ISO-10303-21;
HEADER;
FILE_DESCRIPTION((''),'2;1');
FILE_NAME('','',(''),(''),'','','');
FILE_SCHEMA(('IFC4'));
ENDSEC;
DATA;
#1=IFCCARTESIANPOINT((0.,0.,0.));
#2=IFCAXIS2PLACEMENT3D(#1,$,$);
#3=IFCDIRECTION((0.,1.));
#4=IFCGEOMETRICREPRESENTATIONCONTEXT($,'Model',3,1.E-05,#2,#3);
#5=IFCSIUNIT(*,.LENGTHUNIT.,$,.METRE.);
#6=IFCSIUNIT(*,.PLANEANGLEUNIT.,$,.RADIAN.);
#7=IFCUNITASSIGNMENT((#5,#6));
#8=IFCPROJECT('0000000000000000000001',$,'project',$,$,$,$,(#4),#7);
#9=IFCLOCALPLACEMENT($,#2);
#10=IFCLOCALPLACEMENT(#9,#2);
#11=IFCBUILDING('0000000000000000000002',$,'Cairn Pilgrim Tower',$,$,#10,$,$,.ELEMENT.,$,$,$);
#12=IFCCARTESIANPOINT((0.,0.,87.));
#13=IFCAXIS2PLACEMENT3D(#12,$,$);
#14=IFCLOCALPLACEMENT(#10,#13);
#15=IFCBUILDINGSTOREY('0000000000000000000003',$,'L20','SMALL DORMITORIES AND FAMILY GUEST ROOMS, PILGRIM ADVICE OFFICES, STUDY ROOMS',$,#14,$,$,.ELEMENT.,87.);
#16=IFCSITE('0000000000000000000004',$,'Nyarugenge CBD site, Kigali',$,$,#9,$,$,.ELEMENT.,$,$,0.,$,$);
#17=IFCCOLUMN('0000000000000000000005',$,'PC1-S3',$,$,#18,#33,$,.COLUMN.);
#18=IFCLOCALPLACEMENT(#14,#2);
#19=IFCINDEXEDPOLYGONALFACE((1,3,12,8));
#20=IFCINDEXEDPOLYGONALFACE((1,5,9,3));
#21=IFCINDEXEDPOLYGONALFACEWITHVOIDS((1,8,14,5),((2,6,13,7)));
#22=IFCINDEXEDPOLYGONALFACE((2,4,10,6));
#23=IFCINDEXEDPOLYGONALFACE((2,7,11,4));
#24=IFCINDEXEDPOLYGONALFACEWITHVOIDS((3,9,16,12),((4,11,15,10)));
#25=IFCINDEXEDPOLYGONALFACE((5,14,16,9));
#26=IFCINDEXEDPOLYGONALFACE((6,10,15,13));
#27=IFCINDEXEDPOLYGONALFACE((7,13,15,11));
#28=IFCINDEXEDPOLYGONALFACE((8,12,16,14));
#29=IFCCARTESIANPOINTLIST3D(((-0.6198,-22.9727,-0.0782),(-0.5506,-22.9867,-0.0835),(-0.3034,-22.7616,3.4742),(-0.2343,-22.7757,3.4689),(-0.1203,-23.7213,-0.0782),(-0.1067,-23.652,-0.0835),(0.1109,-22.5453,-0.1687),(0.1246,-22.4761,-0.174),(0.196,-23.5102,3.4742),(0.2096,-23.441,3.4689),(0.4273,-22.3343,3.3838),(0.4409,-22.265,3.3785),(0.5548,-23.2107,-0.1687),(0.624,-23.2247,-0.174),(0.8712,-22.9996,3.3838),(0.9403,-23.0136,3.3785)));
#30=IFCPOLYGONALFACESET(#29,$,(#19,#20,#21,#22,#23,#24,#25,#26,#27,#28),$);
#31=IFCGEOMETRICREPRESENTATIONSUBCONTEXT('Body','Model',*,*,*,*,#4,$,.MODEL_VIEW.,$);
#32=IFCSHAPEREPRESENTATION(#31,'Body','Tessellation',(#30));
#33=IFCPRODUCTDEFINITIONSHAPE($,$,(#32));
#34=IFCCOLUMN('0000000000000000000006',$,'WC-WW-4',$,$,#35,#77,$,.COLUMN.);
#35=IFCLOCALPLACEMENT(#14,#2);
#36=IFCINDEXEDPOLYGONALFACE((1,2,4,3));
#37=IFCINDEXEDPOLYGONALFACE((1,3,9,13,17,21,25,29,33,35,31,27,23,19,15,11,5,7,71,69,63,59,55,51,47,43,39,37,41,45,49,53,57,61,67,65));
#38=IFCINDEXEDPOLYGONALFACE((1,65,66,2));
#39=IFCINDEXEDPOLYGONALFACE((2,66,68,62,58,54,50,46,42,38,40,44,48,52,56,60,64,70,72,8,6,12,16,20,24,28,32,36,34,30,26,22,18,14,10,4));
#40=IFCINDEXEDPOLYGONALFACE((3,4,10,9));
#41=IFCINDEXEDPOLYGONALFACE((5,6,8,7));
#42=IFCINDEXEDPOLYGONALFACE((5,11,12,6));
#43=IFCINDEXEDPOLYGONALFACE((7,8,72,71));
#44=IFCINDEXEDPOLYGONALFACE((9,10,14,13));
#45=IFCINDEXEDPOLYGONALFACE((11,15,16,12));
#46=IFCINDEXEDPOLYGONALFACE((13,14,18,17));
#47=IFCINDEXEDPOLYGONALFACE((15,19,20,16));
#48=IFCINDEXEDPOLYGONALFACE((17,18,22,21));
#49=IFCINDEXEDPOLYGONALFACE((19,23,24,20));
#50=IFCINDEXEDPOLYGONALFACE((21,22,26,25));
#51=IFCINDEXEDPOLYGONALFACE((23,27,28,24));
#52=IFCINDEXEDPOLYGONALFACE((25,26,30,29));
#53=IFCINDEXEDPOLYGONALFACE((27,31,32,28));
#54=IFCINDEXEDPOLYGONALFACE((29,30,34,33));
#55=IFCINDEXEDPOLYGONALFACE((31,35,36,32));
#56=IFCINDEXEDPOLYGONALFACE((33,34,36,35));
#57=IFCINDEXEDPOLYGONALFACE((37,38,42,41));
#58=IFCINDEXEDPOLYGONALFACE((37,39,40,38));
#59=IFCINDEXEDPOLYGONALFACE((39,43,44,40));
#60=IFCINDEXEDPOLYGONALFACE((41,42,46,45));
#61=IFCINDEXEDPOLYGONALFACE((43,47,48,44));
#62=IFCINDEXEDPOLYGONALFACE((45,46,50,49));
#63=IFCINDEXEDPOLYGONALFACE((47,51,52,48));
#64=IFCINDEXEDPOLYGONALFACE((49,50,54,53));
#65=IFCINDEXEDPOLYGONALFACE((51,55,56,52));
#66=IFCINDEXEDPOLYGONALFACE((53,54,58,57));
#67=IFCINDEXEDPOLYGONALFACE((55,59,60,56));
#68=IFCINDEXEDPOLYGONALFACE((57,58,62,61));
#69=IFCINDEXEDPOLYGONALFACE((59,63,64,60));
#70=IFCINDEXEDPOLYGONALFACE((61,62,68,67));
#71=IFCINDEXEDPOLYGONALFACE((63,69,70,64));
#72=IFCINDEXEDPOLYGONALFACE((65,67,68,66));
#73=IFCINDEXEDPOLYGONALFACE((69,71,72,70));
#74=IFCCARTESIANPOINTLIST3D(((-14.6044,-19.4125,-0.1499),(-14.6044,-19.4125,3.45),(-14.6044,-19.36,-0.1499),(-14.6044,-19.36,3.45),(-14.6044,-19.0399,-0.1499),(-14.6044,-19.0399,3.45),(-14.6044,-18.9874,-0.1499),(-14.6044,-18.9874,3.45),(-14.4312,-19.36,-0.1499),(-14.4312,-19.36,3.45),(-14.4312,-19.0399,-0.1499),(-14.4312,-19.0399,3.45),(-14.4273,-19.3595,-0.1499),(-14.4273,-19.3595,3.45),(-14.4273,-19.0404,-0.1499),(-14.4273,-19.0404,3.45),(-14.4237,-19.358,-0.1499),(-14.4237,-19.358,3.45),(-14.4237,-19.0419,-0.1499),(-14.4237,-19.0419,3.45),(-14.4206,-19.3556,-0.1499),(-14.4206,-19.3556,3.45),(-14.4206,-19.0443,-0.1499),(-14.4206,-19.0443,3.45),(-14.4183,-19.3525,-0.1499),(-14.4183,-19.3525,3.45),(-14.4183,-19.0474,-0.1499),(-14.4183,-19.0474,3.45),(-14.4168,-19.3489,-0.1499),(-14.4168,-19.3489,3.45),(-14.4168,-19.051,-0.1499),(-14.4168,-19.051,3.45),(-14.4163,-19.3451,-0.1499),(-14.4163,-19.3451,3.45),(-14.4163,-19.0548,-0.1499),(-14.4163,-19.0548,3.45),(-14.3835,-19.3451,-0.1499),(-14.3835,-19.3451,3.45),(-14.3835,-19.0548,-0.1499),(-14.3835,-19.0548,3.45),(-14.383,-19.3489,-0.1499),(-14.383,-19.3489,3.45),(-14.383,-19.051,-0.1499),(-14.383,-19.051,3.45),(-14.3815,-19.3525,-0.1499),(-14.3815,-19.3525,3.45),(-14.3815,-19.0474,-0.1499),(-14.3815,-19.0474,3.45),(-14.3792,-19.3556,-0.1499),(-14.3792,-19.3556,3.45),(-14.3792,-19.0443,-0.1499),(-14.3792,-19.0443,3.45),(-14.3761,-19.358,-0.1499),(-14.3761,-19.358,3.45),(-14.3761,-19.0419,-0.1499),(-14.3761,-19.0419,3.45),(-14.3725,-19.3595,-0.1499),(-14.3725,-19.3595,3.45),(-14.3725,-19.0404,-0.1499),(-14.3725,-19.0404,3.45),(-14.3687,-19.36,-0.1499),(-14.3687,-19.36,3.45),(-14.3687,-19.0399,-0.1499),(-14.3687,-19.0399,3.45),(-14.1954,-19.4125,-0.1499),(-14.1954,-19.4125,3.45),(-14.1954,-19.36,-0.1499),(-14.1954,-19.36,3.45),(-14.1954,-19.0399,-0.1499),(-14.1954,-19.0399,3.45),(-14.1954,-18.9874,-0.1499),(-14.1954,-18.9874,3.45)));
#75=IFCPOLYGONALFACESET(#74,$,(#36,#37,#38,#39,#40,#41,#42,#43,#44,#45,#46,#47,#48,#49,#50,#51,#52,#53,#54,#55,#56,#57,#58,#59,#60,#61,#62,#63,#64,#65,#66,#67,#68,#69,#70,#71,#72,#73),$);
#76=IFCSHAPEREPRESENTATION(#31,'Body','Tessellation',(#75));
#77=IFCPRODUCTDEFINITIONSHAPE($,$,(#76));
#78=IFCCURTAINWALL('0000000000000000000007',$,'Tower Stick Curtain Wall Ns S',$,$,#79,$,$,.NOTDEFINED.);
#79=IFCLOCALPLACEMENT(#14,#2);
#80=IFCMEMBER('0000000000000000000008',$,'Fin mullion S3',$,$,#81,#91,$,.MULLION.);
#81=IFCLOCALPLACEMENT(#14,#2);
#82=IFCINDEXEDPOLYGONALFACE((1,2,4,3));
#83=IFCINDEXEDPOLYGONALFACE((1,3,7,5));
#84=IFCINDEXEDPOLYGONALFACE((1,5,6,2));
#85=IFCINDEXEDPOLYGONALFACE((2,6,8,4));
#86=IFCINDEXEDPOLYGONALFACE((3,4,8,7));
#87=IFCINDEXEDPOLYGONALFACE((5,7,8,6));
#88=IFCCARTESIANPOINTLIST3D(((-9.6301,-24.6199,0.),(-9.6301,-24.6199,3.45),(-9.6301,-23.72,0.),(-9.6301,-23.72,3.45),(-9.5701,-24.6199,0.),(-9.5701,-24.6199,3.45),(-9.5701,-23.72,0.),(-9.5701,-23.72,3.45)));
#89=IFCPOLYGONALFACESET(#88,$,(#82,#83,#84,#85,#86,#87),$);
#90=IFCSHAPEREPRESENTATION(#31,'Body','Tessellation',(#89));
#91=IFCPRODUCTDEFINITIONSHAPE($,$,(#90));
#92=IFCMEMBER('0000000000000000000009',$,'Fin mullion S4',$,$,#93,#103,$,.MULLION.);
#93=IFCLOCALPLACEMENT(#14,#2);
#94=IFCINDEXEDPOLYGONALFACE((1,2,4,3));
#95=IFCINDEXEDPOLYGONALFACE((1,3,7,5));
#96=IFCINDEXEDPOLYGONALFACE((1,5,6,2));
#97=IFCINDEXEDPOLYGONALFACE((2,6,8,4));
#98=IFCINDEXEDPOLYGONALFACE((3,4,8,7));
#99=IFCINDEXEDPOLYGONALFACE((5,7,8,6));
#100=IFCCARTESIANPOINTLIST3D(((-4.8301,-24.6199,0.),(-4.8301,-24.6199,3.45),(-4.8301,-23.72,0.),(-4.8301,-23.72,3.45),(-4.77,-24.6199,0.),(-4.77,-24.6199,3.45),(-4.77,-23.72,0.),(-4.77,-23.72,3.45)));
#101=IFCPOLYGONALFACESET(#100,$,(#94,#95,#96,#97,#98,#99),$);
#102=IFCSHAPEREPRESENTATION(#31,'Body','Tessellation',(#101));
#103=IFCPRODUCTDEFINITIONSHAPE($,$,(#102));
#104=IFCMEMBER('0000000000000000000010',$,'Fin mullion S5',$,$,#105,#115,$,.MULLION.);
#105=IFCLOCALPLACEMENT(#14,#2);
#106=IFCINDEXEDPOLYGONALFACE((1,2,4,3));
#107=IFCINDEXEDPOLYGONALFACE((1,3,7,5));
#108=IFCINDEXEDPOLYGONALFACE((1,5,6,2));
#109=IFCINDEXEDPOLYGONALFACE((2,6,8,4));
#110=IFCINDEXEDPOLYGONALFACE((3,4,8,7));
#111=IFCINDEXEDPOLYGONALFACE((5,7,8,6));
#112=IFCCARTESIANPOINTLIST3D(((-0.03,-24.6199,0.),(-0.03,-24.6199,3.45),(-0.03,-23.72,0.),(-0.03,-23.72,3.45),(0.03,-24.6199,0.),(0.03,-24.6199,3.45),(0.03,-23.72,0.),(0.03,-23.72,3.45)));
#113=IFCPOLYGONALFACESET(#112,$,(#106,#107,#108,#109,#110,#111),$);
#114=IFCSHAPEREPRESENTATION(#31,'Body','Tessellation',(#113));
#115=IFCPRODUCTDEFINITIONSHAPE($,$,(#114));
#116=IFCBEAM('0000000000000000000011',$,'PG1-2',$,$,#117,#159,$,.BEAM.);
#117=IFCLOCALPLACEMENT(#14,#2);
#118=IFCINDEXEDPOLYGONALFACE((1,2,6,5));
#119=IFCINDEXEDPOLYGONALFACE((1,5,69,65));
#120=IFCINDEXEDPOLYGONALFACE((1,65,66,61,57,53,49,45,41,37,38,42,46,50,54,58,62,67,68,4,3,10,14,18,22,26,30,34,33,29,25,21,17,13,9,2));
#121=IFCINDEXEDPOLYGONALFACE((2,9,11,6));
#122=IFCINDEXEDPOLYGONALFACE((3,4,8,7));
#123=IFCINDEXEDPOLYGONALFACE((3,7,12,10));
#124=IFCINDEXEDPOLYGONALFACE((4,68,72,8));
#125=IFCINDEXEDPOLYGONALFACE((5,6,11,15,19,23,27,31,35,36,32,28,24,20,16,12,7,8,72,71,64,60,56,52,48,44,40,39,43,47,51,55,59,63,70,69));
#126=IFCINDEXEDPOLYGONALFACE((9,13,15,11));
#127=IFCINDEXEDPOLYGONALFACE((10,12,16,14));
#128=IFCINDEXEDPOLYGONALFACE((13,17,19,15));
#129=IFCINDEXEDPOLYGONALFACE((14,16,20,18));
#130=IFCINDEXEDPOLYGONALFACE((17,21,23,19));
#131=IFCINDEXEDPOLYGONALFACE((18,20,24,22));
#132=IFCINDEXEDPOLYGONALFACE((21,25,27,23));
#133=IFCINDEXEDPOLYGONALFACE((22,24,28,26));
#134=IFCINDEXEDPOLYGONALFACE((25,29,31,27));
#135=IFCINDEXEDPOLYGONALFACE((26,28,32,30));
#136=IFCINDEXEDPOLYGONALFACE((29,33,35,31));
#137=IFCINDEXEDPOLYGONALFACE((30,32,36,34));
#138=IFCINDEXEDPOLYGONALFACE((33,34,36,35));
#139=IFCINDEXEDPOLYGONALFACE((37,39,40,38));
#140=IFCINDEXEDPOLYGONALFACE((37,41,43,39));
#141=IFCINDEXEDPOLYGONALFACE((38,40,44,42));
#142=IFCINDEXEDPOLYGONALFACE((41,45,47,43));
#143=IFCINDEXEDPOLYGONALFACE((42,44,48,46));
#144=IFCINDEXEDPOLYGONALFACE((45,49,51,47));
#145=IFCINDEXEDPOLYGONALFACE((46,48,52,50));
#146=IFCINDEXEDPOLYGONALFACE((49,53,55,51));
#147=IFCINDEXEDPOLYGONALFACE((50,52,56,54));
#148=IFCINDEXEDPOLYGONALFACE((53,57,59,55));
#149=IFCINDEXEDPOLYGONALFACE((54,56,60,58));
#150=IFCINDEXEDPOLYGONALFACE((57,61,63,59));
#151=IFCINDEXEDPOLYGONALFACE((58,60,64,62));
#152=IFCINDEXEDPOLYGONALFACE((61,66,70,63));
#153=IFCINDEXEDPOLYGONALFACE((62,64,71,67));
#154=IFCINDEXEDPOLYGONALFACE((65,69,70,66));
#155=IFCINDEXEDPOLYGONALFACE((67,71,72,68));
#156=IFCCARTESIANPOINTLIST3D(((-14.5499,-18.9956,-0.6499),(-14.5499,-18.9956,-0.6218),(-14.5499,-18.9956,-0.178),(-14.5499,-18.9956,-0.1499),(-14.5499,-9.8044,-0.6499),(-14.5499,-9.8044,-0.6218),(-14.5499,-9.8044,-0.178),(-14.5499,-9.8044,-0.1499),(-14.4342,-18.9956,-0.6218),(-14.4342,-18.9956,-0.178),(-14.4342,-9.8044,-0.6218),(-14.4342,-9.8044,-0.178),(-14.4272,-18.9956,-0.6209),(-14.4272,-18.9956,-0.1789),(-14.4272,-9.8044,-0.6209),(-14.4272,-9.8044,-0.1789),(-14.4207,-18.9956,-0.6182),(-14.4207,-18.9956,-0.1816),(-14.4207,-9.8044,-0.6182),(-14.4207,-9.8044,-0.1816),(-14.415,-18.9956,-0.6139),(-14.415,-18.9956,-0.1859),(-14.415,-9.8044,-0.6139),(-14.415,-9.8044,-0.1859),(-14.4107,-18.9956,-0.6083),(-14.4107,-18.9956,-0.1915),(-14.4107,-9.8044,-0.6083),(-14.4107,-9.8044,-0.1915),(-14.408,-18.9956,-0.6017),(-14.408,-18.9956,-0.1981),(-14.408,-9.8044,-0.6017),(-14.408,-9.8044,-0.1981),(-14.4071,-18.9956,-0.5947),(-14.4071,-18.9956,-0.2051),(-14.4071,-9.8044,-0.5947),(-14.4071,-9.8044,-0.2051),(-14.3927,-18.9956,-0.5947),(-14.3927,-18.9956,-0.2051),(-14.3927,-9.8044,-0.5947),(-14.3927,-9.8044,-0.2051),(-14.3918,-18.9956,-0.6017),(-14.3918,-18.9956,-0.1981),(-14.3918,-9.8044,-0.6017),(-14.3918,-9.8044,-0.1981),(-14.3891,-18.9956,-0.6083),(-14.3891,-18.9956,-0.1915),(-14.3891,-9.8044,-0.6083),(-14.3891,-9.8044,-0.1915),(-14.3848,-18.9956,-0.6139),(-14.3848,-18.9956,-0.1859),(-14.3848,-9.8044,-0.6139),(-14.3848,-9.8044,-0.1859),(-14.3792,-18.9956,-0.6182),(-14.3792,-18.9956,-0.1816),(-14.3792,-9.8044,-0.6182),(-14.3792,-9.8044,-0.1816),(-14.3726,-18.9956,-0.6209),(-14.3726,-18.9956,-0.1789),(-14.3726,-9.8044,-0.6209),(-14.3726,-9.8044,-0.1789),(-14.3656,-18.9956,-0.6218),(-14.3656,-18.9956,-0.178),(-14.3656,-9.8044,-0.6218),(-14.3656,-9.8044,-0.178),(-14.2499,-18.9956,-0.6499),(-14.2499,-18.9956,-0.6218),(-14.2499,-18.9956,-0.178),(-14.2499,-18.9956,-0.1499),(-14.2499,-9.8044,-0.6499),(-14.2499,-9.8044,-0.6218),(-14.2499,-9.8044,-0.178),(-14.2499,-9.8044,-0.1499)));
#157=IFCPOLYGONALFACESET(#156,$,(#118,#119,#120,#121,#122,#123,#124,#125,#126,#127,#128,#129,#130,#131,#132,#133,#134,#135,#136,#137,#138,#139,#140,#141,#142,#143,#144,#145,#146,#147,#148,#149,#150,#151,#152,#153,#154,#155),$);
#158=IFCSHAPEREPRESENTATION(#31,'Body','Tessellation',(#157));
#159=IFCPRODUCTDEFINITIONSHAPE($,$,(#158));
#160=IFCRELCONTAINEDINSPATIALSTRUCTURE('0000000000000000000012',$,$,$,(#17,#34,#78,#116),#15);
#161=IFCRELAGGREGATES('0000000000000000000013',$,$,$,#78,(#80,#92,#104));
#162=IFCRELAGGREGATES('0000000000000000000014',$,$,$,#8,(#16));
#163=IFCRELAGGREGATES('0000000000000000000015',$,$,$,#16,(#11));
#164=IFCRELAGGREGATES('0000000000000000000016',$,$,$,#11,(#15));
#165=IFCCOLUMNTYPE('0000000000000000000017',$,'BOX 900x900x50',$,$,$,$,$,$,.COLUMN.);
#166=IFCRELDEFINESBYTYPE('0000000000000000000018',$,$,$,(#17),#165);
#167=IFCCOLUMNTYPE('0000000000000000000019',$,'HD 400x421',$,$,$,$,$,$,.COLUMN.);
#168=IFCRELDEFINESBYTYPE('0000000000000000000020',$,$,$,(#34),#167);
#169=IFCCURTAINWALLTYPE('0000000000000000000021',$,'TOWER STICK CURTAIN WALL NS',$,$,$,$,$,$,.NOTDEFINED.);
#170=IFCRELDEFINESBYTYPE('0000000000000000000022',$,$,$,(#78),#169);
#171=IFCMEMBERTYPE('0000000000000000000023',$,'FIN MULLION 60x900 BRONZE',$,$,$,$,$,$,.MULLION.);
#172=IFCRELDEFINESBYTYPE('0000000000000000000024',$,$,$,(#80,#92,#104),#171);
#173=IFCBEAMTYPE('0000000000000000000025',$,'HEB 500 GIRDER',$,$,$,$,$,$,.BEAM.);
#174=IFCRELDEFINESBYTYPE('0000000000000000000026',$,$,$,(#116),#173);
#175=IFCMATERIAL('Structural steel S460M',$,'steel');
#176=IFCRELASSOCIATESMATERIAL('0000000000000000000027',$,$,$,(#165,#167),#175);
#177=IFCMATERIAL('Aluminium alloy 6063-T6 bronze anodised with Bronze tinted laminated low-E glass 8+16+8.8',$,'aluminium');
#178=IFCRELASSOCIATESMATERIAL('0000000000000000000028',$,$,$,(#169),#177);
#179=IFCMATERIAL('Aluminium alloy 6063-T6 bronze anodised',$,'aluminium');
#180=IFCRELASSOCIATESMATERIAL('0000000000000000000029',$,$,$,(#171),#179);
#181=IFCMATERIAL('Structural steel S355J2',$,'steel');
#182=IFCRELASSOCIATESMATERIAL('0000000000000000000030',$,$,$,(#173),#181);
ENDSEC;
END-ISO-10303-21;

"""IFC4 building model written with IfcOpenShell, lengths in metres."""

from ifc_helpers import new_model, si_unit, direction, frame, origin, origin_2d, place, context, subcontext, project, spatial, rectangle, hollow_rectangle, i_section, extrude, clip, halfspace, material, material_profile, profile_set, type_object, element, aggregate, save


model = new_model("IFC4")

# Units and contexts
model_context = context("Model", 3, precision=1e-05, world=origin(), true_north=direction((0.0, 1.0)))
body_context = subcontext(model_context, "Body", "Model", "MODEL_VIEW")
ifc_project = project(units=[si_unit("LENGTHUNIT", "METRE"), si_unit("PLANEANGLEUNIT", "RADIAN")], contexts=[model_context])

# Site, building, storey
site_placement = place(None, origin())
site = spatial("IfcSite", under=ifc_project, at=site_placement, Name="Nyarugenge CBD site, Kigali", CompositionType="ELEMENT", RefElevation=0.0)
building_placement = place(site_placement, origin())
building = spatial("IfcBuilding", under=site, at=building_placement, Name="Cairn Pilgrim Tower", CompositionType="ELEMENT")
storey_placement = place(building_placement, frame((0.0, 0.0, 87.0)))
storey = spatial("IfcBuildingStorey", under=building, at=storey_placement, Name="L20", Description="SMALL DORMITORIES AND FAMILY GUEST ROOMS, PILGRIM ADVICE OFFICES, STUDY ROOMS", CompositionType="ELEMENT", Elevation=87.0)

# Columns
ifc_material_1 = material(Name="Structural steel S460M", Category="steel")
ifc_material_profile_1 = material_profile(ifc_material_1, hollow_rectangle(XDim=0.8999, YDim=0.8999, WallThickness=0.05, at=origin_2d()), Name="BOX 900x900x50")
ifc_profile_set_1 = profile_set([ifc_material_profile_1], Name="Structural steel S460M")
column_type_1 = type_object("IfcColumnType", Name="BOX 900x900x50", PredefinedType="COLUMN", material=ifc_profile_set_1)
for number, where, z_axis, x_axis, name in (
    (1, (0.0, -23.1001, -0.1499), (0.088541, 0.059072, 0.994319), (-0.554993, 0.831855, 0.0), "PC1-S3"),
):
    element("IfcColumn", number, at=place(storey_placement, frame(where, z_axis=z_axis, x_axis=x_axis)), inside=storey, type_object=column_type_1, Name=name, PredefinedType="COLUMN", context=body_context, shape_type="Clipping", body=[
        clip(clip(extrude(hollow_rectangle(XDim=0.8999, YDim=0.8999, WallThickness=0.05, at=origin_2d()), origin(), (0.0, 0.0, 1.0), 3.6204), halfspace(frame((0.0, 0.0, 0.0239), z_axis=(0.0, 0.0, 1.0), x_axis=(1.0, 0.0, 0.0)), True)), halfspace(frame((0.0, 0.0, 3.5967), z_axis=(0.0, 0.0, 1.0), x_axis=(1.0, 0.0, 0.0)), False)),
    ])
ifc_material_profile_2 = material_profile(ifc_material_1, i_section(OverallWidth=0.4089, OverallDepth=0.425, WebThickness=0.0327, FlangeThickness=0.0525, FilletRadius=0.0149, at=origin_2d()), Name="HD 400x421")
ifc_profile_set_2 = profile_set([ifc_material_profile_2], Name="Structural steel S460M")
column_type_2 = type_object("IfcColumnType", Name="HD 400x421", PredefinedType="COLUMN", material=ifc_profile_set_2)
column_placement = place(storey_placement, frame((-14.3999, -19.2, -0.1499), z_axis=(0.0, 0.0, 1.0), x_axis=(1.0, 0.0, 0.0)))
element("IfcColumn", 2, at=column_placement, inside=storey, type_object=column_type_2, Name="WC-WW-4", PredefinedType="COLUMN", context=body_context, shape_type="SweptSolid", body=[
    extrude(i_section(OverallWidth=0.4089, OverallDepth=0.425, WebThickness=0.0327, FlangeThickness=0.0525, FilletRadius=0.0149, at=origin_2d()), origin(), (0.0, 0.0, 1.0), 3.5999),
])

# Curtain wall, members
ifc_material_2 = material(Name="Aluminium alloy 6063-T6 bronze anodised with Bronze tinted laminated low-E glass 8+16+8.8", Category="aluminium")
curtain_wall_type = type_object("IfcCurtainWallType", Name="TOWER STICK CURTAIN WALL NS", PredefinedType="NOTDEFINED", material=ifc_material_2)
curtain_wall_placement = place(storey_placement, origin())
curtain_wall = element("IfcCurtainWall", 3, at=curtain_wall_placement, inside=storey, type_object=curtain_wall_type, Name="Tower Stick Curtain Wall Ns S", PredefinedType="NOTDEFINED")
ifc_material_3 = material(Name="Aluminium alloy 6063-T6 bronze anodised", Category="aluminium")
ifc_material_profile_3 = material_profile(ifc_material_3, rectangle(XDim=0.8999, YDim=0.0601, at=origin_2d()), Name="FIN MULLION 60x900 BRONZE")
ifc_profile_set_3 = profile_set([ifc_material_profile_3], Name="Aluminium alloy 6063-T6 bronze anodised")
member_type_1 = type_object("IfcMemberType", Name="FIN MULLION 60x900 BRONZE", PredefinedType="MULLION", material=ifc_profile_set_3)
member_1_placement = place(storey_placement, frame((-9.6001, -24.1699, 0.0), z_axis=(0.0, 0.0, 1.0), x_axis=(0.0, -1.0, 0.0)))
member_1 = element("IfcMember", 4, at=member_1_placement, type_object=member_type_1, Name="Fin mullion S3", PredefinedType="MULLION", context=body_context, shape_type="SweptSolid", body=[
    extrude(rectangle(XDim=0.8999, YDim=0.0601, at=origin_2d()), origin(), (0.0, 0.0, 1.0), 3.45),
])
member_2_placement = place(storey_placement, frame((-4.8, -24.1699, 0.0), z_axis=(0.0, 0.0, 1.0), x_axis=(0.0, -1.0, 0.0)))
member_2 = element("IfcMember", 5, at=member_2_placement, type_object=member_type_1, Name="Fin mullion S4", PredefinedType="MULLION", context=body_context, shape_type="SweptSolid", body=[
    extrude(rectangle(XDim=0.8999, YDim=0.0601, at=origin_2d()), origin(), (0.0, 0.0, 1.0), 3.45),
])
member_3_placement = place(storey_placement, frame((0.0, -24.1699, 0.0), z_axis=(0.0, 0.0, 1.0), x_axis=(0.0, -1.0, 0.0)))
member_3 = element("IfcMember", 6, at=member_3_placement, type_object=member_type_1, Name="Fin mullion S5", PredefinedType="MULLION", context=body_context, shape_type="SweptSolid", body=[
    extrude(rectangle(XDim=0.8999, YDim=0.0601, at=origin_2d()), origin(), (0.0, 0.0, 1.0), 3.45),
])

# Beam
ifc_material_4 = material(Name="Structural steel S355J2", Category="steel")
ifc_material_profile_4 = material_profile(ifc_material_4, i_section(OverallWidth=0.3, OverallDepth=0.5, WebThickness=0.0144, FlangeThickness=0.0281, FilletRadius=0.0271, at=origin_2d()), Name="HEB 500")
ifc_profile_set_4 = profile_set([ifc_material_profile_4], Name="Structural steel S355J2")
beam_type_1 = type_object("IfcBeamType", Name="HEB 500 GIRDER", PredefinedType="BEAM", material=ifc_profile_set_4)
beam_1_placement = place(storey_placement, frame((-14.3999, -18.9956, -0.3999), z_axis=(0.0, 1.0, 0.0), x_axis=(-1.0, 0.0, 0.0)))
element("IfcBeam", 7, at=beam_1_placement, inside=storey, type_object=beam_type_1, Name="PG1-2", PredefinedType="BEAM", context=body_context, shape_type="SweptSolid", body=[
    extrude(i_section(OverallWidth=0.3, OverallDepth=0.5, WebThickness=0.0144, FlangeThickness=0.0281, FilletRadius=0.0271, at=origin_2d()), origin(), (0.0, 0.0, 1.0), 9.1912),
])

aggregate(curtain_wall, [member_1, member_2, member_3])

save(model, "model.ifc")
